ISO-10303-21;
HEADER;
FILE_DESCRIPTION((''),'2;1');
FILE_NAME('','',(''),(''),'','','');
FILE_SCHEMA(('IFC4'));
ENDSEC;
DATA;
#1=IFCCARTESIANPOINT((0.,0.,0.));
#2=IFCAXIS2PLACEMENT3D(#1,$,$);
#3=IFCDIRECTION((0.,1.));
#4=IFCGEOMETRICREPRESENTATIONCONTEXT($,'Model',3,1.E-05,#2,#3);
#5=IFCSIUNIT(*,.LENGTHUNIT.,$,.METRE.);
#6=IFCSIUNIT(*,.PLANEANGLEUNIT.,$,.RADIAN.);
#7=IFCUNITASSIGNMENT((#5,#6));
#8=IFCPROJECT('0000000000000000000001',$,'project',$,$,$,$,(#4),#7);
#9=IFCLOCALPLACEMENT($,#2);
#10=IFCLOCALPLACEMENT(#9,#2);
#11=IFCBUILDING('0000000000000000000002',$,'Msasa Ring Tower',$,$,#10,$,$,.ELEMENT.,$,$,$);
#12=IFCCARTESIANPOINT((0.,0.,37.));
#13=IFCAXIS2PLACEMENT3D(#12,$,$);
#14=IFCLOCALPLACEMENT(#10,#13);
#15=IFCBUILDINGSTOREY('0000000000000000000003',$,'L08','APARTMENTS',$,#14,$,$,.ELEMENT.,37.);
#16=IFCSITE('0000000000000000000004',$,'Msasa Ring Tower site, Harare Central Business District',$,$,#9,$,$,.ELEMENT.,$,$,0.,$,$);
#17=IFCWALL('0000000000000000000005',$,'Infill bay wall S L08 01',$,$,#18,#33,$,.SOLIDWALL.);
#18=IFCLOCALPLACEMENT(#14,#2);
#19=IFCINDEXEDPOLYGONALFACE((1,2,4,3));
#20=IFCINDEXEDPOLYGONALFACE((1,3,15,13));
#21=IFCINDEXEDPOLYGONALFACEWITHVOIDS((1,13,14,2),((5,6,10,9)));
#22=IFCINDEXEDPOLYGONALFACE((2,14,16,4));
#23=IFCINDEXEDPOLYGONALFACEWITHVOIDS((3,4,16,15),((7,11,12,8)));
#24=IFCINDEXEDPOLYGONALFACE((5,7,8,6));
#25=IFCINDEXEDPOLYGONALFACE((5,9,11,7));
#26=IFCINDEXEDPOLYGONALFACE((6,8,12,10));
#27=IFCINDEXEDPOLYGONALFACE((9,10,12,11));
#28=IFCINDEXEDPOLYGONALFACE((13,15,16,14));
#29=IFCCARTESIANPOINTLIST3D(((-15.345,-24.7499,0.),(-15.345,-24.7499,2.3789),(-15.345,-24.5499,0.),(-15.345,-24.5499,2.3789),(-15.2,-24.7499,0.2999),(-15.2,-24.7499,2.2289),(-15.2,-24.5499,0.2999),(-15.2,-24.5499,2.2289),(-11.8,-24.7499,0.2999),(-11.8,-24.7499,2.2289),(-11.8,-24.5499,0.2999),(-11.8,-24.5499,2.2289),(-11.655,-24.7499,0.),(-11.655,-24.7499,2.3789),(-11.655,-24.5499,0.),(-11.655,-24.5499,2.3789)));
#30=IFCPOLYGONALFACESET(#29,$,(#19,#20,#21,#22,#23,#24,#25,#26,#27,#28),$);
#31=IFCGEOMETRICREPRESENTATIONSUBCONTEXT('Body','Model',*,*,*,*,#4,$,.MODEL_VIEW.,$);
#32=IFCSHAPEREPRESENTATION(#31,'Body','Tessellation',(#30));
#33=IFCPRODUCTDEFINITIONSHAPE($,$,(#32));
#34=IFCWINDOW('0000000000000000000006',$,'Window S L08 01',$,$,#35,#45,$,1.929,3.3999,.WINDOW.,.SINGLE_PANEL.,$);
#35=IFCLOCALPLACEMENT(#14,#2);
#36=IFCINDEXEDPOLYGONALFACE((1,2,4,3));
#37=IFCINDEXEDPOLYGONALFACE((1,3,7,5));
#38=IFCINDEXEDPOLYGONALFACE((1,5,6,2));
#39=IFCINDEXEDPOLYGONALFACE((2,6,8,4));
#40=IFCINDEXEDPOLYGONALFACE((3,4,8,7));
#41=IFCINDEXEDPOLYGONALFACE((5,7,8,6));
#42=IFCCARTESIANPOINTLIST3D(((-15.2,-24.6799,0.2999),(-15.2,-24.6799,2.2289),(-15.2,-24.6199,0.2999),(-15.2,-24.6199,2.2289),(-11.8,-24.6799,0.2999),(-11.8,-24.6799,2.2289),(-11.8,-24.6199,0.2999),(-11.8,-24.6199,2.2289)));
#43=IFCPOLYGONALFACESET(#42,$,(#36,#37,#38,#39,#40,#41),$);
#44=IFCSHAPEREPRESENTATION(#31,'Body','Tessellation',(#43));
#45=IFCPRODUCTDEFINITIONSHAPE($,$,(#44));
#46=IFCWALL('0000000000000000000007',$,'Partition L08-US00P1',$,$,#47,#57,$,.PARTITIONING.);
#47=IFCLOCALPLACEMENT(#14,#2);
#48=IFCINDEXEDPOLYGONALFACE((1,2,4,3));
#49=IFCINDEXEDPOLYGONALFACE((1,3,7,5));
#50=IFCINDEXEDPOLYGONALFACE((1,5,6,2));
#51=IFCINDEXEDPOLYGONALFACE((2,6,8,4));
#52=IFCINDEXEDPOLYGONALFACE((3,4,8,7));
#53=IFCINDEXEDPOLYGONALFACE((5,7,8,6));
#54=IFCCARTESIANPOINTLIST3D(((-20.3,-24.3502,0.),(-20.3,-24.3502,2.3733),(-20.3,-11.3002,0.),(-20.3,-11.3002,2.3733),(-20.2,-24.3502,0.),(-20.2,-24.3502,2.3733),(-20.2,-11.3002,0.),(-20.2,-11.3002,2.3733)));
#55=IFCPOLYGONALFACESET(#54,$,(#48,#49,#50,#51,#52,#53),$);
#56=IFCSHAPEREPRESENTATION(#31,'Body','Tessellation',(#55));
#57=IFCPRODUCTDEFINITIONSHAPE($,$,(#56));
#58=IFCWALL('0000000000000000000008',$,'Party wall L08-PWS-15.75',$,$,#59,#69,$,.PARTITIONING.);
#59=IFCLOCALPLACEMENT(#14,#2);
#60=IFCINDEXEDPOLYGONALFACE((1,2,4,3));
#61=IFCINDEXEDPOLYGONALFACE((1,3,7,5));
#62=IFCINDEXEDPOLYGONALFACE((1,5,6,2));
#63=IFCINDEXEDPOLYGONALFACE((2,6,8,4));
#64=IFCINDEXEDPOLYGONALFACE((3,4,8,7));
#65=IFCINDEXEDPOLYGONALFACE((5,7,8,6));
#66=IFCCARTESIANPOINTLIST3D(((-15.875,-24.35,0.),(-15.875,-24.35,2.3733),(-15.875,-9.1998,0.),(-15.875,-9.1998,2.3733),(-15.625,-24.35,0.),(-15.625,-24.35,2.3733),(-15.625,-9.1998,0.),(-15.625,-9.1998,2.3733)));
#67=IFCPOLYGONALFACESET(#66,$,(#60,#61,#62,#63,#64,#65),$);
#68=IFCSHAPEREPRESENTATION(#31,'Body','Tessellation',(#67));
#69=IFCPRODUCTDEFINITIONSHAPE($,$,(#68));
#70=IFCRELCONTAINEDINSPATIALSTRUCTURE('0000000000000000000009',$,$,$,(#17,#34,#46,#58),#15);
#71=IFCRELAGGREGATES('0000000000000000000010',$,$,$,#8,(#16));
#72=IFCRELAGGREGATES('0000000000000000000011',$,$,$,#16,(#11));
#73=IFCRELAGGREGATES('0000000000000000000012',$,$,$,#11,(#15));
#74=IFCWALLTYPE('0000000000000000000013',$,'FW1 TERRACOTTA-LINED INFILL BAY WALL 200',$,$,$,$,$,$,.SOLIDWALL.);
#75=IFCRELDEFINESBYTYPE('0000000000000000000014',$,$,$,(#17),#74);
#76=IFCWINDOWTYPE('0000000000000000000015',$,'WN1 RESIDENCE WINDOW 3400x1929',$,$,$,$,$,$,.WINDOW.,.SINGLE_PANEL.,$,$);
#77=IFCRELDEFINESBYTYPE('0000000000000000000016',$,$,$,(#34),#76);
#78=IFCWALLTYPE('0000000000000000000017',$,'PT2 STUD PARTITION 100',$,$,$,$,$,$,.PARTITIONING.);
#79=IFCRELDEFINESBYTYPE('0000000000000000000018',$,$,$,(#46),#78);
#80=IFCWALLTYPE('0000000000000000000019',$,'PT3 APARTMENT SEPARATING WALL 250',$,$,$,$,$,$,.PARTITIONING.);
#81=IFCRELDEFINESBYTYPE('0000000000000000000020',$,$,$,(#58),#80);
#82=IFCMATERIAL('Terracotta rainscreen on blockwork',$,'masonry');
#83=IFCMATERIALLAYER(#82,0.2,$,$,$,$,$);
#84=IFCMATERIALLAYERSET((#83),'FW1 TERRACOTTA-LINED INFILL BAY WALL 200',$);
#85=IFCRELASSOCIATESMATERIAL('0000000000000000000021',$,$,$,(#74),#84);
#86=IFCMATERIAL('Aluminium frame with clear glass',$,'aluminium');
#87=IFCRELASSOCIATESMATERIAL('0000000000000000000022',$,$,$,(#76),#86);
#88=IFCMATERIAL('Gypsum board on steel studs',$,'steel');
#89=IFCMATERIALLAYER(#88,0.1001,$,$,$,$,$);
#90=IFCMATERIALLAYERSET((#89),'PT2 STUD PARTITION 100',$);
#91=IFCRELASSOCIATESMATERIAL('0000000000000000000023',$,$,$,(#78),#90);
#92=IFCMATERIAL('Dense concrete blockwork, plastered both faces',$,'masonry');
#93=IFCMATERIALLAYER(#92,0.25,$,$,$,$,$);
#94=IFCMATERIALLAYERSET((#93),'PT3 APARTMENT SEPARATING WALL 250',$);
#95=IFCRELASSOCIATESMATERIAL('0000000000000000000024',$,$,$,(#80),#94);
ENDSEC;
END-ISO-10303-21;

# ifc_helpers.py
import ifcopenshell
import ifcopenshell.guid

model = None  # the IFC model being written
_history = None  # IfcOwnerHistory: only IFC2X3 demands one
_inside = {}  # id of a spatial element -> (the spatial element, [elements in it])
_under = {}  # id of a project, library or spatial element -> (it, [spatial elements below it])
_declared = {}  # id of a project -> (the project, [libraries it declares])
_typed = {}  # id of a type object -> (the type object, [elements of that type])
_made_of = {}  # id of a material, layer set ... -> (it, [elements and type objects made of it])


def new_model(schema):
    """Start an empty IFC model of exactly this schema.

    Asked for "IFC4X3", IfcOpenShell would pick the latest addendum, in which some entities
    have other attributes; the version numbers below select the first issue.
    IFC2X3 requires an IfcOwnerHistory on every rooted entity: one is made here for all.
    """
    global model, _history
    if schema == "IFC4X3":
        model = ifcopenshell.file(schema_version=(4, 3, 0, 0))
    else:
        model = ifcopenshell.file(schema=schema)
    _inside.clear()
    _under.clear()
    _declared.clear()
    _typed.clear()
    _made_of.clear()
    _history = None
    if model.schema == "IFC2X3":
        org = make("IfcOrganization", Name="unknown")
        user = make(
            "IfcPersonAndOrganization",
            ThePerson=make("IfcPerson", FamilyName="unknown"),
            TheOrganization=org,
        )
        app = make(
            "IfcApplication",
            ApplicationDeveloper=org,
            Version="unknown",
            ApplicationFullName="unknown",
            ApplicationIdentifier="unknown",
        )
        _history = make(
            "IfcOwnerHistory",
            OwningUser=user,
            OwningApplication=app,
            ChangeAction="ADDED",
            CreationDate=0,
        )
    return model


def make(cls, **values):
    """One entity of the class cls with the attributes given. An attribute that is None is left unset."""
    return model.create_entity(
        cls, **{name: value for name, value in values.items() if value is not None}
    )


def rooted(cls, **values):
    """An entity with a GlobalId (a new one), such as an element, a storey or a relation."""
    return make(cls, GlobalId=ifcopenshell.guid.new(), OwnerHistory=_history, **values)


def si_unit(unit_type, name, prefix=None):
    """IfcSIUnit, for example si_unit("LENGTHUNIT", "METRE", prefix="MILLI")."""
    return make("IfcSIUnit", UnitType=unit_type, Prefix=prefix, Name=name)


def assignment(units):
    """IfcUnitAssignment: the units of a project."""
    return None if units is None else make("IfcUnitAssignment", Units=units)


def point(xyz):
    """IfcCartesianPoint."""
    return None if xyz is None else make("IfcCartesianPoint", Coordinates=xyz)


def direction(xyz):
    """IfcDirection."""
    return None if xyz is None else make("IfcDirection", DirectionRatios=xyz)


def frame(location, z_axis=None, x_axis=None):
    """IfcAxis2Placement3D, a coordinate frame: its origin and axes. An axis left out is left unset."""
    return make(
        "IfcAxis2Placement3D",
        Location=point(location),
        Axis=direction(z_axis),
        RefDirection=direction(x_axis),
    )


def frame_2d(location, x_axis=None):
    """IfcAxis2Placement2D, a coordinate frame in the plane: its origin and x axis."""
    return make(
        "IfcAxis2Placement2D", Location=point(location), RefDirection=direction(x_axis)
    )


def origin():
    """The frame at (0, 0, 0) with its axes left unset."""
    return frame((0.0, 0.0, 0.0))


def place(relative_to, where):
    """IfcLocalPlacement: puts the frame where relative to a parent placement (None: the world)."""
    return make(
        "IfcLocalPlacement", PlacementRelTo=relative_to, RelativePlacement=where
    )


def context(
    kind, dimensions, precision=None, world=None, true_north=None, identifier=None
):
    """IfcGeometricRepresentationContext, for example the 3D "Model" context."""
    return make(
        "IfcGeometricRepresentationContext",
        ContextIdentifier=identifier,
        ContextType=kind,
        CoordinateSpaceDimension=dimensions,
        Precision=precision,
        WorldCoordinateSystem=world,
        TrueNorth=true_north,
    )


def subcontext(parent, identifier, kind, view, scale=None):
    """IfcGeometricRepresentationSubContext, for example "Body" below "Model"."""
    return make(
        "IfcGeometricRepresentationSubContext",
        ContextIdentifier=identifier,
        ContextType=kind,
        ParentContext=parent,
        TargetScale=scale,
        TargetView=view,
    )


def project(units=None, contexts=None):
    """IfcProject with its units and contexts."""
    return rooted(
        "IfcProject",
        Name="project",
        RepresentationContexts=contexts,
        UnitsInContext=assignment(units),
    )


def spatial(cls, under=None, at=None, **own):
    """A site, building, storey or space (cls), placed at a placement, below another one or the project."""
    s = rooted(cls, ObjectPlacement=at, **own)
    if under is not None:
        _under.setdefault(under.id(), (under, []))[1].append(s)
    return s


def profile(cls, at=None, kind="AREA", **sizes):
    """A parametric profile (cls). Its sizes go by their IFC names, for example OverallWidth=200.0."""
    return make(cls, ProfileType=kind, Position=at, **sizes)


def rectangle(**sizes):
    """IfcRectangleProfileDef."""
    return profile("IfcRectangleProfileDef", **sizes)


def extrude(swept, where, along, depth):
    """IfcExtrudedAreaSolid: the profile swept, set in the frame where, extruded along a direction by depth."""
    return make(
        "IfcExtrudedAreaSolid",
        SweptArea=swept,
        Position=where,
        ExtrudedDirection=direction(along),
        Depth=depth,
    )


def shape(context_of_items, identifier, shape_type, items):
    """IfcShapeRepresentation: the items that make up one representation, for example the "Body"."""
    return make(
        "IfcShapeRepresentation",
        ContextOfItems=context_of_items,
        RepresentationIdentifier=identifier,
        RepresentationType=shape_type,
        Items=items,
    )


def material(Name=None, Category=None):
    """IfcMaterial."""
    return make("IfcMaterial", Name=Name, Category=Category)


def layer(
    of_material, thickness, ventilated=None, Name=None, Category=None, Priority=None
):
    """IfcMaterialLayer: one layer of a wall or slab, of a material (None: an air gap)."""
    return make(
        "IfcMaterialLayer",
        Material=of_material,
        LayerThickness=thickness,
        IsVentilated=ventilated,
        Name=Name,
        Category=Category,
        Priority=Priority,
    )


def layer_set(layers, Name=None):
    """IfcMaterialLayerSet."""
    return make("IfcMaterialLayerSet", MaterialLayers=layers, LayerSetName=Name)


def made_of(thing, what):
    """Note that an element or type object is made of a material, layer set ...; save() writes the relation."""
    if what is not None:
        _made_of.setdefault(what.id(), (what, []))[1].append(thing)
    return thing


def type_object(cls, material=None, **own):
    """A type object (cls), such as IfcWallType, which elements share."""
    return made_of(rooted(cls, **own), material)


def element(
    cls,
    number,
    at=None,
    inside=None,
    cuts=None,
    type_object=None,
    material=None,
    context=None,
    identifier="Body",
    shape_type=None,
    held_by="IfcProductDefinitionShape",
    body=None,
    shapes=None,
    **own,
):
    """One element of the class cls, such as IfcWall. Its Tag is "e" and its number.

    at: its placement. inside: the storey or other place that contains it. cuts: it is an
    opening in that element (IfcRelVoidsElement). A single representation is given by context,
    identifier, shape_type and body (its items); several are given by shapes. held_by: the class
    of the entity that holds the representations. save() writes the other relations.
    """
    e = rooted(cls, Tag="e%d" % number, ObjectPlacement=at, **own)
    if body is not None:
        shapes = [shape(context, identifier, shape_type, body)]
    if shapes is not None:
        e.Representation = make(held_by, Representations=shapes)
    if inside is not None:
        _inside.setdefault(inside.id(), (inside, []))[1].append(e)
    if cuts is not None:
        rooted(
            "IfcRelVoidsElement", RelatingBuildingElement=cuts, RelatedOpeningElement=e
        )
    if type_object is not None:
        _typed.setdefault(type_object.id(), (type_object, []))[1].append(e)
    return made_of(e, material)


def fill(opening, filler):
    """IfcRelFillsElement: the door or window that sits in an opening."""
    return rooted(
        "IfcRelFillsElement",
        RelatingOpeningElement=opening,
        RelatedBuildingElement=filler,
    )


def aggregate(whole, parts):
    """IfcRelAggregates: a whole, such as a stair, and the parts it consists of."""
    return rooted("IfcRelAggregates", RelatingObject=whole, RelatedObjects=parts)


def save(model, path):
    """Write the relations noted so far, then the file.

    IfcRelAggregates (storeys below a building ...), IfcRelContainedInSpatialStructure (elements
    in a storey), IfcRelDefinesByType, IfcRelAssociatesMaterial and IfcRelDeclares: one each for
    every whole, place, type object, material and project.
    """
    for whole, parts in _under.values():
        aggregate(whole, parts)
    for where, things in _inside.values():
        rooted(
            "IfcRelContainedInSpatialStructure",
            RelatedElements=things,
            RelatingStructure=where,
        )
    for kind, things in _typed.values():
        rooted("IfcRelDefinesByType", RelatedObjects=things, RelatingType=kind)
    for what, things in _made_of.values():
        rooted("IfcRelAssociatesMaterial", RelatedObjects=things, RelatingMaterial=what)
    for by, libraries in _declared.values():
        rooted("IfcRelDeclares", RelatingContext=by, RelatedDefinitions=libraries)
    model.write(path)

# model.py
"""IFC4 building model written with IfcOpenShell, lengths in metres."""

from ifc_helpers import new_model, si_unit, direction, frame, frame_2d, origin, place, context, subcontext, project, spatial, rectangle, extrude, material, layer, layer_set, type_object, element, fill, save


model = new_model("IFC4")

# Units and contexts
model_context = context("Model", 3, precision=1e-05, world=origin(), true_north=direction((0.0, 1.0)))
body_context = subcontext(model_context, "Body", "Model", "MODEL_VIEW")
ifc_project = project(units=[si_unit("LENGTHUNIT", "METRE"), si_unit("PLANEANGLEUNIT", "RADIAN")], contexts=[model_context])

# Site, building, storey
site_placement = place(None, origin())
site = spatial("IfcSite", under=ifc_project, at=site_placement, Name="Msasa Ring Tower site, Harare Central Business District", CompositionType="ELEMENT", RefElevation=0.0)
building_placement = place(site_placement, origin())
building = spatial("IfcBuilding", under=site, at=building_placement, Name="Msasa Ring Tower", CompositionType="ELEMENT")
storey_placement = place(building_placement, frame((0.0, 0.0, 37.0)))
storey = spatial("IfcBuildingStorey", under=building, at=storey_placement, Name="L08", Description="APARTMENTS", CompositionType="ELEMENT", Elevation=37.0)

# Wall, opening, window
ifc_material_1 = material(Name="Terracotta rainscreen on blockwork", Category="masonry")
ifc_layer_1 = layer(ifc_material_1, 0.2)
ifc_layer_set_1 = layer_set([ifc_layer_1], Name="FW1 TERRACOTTA-LINED INFILL BAY WALL 200")
wall_type_1 = type_object("IfcWallType", Name="FW1 TERRACOTTA-LINED INFILL BAY WALL 200", PredefinedType="SOLIDWALL", material=ifc_layer_set_1)
ifc_material_2 = material(Name="Aluminium frame with clear glass", Category="aluminium")
window_type = type_object("IfcWindowType", Name="WN1 RESIDENCE WINDOW 3400x1929", PartitioningType="SINGLE_PANEL", PredefinedType="WINDOW", material=ifc_material_2)
wall_1_placement = place(storey_placement, frame((-15.345, -24.6499, 0.0), z_axis=(0.0, 0.0, 1.0), x_axis=(1.0, 0.0, 0.0)))
wall_1 = element("IfcWall", 1, at=wall_1_placement, inside=storey, type_object=wall_type_1, Name="Infill bay wall S L08 01", PredefinedType="SOLIDWALL", context=body_context, shape_type="SweptSolid", body=[
    extrude(rectangle(XDim=3.6899, YDim=0.2, at=frame_2d((1.845, 0.0))), origin(), (0.0, 0.0, 1.0), 2.3789),
])
opening_1_placement = place(wall_1_placement, frame((0.145, 0.0, 0.3)))
opening_1 = element("IfcOpeningElement", 2, at=opening_1_placement, cuts=wall_1, PredefinedType="OPENING", context=body_context, shape_type="SweptSolid", body=[
    extrude(rectangle(XDim=3.3999, YDim=1.929, at=frame_2d((1.7, 0.9644))), frame((0.0, 0.1099, 0.0), z_axis=(0.0, -1.0, 0.0), x_axis=(1.0, 0.0, 0.0)), (0.0, 0.0, 1.0), 0.22),
])
window_1_placement = place(opening_1_placement, origin())
window_1 = element("IfcWindow", 3, at=window_1_placement, inside=storey, type_object=window_type, Name="Window S L08 01", OverallHeight=1.929, OverallWidth=3.3999, PartitioningType="SINGLE_PANEL", PredefinedType="WINDOW", context=body_context, shape_type="SweptSolid", body=[
    extrude(rectangle(XDim=3.3999, YDim=1.929, at=frame_2d((1.7, 0.9644))), frame((0.0, 0.03, 0.0), z_axis=(0.0, -1.0, 0.0), x_axis=(1.0, 0.0, 0.0)), (0.0, 0.0, 1.0), 0.0601),
])
fill(opening_1, window_1)

# Walls
ifc_material_3 = material(Name="Gypsum board on steel studs", Category="steel")
ifc_layer_2 = layer(ifc_material_3, 0.1001)
ifc_layer_set_2 = layer_set([ifc_layer_2], Name="PT2 STUD PARTITION 100")
wall_type_2 = type_object("IfcWallType", Name="PT2 STUD PARTITION 100", PredefinedType="PARTITIONING", material=ifc_layer_set_2)
wall_2_placement = place(storey_placement, frame((-20.25, -24.3501, 0.0), z_axis=(0.0, 0.0, 1.0), x_axis=(0.0, 1.0, 0.0)))
element("IfcWall", 4, at=wall_2_placement, inside=storey, type_object=wall_type_2, Name="Partition L08-US00P1", PredefinedType="PARTITIONING", context=body_context, shape_type="SweptSolid", body=[
    extrude(rectangle(XDim=13.05, YDim=0.1001, at=frame_2d((6.5249, 0.0))), origin(), (0.0, 0.0, 1.0), 2.3733),
])
ifc_material_4 = material(Name="Dense concrete blockwork, plastered both faces", Category="masonry")
ifc_layer_3 = layer(ifc_material_4, 0.25)
ifc_layer_set_3 = layer_set([ifc_layer_3], Name="PT3 APARTMENT SEPARATING WALL 250")
wall_type_3 = type_object("IfcWallType", Name="PT3 APARTMENT SEPARATING WALL 250", PredefinedType="PARTITIONING", material=ifc_layer_set_3)
wall_3_placement = place(storey_placement, frame((-15.75, -24.3501, 0.0), z_axis=(0.0, 0.0, 1.0), x_axis=(0.0, 1.0, 0.0)))
element("IfcWall", 5, at=wall_3_placement, inside=storey, type_object=wall_type_3, Name="Party wall L08-PWS-15.75", PredefinedType="PARTITIONING", context=body_context, shape_type="SweptSolid", body=[
    extrude(rectangle(XDim=15.1501, YDim=0.25, at=frame_2d((7.5752, 0.0))), origin(), (0.0, 0.0, 1.0), 2.3733),
])

save(model, "model.ifc")
